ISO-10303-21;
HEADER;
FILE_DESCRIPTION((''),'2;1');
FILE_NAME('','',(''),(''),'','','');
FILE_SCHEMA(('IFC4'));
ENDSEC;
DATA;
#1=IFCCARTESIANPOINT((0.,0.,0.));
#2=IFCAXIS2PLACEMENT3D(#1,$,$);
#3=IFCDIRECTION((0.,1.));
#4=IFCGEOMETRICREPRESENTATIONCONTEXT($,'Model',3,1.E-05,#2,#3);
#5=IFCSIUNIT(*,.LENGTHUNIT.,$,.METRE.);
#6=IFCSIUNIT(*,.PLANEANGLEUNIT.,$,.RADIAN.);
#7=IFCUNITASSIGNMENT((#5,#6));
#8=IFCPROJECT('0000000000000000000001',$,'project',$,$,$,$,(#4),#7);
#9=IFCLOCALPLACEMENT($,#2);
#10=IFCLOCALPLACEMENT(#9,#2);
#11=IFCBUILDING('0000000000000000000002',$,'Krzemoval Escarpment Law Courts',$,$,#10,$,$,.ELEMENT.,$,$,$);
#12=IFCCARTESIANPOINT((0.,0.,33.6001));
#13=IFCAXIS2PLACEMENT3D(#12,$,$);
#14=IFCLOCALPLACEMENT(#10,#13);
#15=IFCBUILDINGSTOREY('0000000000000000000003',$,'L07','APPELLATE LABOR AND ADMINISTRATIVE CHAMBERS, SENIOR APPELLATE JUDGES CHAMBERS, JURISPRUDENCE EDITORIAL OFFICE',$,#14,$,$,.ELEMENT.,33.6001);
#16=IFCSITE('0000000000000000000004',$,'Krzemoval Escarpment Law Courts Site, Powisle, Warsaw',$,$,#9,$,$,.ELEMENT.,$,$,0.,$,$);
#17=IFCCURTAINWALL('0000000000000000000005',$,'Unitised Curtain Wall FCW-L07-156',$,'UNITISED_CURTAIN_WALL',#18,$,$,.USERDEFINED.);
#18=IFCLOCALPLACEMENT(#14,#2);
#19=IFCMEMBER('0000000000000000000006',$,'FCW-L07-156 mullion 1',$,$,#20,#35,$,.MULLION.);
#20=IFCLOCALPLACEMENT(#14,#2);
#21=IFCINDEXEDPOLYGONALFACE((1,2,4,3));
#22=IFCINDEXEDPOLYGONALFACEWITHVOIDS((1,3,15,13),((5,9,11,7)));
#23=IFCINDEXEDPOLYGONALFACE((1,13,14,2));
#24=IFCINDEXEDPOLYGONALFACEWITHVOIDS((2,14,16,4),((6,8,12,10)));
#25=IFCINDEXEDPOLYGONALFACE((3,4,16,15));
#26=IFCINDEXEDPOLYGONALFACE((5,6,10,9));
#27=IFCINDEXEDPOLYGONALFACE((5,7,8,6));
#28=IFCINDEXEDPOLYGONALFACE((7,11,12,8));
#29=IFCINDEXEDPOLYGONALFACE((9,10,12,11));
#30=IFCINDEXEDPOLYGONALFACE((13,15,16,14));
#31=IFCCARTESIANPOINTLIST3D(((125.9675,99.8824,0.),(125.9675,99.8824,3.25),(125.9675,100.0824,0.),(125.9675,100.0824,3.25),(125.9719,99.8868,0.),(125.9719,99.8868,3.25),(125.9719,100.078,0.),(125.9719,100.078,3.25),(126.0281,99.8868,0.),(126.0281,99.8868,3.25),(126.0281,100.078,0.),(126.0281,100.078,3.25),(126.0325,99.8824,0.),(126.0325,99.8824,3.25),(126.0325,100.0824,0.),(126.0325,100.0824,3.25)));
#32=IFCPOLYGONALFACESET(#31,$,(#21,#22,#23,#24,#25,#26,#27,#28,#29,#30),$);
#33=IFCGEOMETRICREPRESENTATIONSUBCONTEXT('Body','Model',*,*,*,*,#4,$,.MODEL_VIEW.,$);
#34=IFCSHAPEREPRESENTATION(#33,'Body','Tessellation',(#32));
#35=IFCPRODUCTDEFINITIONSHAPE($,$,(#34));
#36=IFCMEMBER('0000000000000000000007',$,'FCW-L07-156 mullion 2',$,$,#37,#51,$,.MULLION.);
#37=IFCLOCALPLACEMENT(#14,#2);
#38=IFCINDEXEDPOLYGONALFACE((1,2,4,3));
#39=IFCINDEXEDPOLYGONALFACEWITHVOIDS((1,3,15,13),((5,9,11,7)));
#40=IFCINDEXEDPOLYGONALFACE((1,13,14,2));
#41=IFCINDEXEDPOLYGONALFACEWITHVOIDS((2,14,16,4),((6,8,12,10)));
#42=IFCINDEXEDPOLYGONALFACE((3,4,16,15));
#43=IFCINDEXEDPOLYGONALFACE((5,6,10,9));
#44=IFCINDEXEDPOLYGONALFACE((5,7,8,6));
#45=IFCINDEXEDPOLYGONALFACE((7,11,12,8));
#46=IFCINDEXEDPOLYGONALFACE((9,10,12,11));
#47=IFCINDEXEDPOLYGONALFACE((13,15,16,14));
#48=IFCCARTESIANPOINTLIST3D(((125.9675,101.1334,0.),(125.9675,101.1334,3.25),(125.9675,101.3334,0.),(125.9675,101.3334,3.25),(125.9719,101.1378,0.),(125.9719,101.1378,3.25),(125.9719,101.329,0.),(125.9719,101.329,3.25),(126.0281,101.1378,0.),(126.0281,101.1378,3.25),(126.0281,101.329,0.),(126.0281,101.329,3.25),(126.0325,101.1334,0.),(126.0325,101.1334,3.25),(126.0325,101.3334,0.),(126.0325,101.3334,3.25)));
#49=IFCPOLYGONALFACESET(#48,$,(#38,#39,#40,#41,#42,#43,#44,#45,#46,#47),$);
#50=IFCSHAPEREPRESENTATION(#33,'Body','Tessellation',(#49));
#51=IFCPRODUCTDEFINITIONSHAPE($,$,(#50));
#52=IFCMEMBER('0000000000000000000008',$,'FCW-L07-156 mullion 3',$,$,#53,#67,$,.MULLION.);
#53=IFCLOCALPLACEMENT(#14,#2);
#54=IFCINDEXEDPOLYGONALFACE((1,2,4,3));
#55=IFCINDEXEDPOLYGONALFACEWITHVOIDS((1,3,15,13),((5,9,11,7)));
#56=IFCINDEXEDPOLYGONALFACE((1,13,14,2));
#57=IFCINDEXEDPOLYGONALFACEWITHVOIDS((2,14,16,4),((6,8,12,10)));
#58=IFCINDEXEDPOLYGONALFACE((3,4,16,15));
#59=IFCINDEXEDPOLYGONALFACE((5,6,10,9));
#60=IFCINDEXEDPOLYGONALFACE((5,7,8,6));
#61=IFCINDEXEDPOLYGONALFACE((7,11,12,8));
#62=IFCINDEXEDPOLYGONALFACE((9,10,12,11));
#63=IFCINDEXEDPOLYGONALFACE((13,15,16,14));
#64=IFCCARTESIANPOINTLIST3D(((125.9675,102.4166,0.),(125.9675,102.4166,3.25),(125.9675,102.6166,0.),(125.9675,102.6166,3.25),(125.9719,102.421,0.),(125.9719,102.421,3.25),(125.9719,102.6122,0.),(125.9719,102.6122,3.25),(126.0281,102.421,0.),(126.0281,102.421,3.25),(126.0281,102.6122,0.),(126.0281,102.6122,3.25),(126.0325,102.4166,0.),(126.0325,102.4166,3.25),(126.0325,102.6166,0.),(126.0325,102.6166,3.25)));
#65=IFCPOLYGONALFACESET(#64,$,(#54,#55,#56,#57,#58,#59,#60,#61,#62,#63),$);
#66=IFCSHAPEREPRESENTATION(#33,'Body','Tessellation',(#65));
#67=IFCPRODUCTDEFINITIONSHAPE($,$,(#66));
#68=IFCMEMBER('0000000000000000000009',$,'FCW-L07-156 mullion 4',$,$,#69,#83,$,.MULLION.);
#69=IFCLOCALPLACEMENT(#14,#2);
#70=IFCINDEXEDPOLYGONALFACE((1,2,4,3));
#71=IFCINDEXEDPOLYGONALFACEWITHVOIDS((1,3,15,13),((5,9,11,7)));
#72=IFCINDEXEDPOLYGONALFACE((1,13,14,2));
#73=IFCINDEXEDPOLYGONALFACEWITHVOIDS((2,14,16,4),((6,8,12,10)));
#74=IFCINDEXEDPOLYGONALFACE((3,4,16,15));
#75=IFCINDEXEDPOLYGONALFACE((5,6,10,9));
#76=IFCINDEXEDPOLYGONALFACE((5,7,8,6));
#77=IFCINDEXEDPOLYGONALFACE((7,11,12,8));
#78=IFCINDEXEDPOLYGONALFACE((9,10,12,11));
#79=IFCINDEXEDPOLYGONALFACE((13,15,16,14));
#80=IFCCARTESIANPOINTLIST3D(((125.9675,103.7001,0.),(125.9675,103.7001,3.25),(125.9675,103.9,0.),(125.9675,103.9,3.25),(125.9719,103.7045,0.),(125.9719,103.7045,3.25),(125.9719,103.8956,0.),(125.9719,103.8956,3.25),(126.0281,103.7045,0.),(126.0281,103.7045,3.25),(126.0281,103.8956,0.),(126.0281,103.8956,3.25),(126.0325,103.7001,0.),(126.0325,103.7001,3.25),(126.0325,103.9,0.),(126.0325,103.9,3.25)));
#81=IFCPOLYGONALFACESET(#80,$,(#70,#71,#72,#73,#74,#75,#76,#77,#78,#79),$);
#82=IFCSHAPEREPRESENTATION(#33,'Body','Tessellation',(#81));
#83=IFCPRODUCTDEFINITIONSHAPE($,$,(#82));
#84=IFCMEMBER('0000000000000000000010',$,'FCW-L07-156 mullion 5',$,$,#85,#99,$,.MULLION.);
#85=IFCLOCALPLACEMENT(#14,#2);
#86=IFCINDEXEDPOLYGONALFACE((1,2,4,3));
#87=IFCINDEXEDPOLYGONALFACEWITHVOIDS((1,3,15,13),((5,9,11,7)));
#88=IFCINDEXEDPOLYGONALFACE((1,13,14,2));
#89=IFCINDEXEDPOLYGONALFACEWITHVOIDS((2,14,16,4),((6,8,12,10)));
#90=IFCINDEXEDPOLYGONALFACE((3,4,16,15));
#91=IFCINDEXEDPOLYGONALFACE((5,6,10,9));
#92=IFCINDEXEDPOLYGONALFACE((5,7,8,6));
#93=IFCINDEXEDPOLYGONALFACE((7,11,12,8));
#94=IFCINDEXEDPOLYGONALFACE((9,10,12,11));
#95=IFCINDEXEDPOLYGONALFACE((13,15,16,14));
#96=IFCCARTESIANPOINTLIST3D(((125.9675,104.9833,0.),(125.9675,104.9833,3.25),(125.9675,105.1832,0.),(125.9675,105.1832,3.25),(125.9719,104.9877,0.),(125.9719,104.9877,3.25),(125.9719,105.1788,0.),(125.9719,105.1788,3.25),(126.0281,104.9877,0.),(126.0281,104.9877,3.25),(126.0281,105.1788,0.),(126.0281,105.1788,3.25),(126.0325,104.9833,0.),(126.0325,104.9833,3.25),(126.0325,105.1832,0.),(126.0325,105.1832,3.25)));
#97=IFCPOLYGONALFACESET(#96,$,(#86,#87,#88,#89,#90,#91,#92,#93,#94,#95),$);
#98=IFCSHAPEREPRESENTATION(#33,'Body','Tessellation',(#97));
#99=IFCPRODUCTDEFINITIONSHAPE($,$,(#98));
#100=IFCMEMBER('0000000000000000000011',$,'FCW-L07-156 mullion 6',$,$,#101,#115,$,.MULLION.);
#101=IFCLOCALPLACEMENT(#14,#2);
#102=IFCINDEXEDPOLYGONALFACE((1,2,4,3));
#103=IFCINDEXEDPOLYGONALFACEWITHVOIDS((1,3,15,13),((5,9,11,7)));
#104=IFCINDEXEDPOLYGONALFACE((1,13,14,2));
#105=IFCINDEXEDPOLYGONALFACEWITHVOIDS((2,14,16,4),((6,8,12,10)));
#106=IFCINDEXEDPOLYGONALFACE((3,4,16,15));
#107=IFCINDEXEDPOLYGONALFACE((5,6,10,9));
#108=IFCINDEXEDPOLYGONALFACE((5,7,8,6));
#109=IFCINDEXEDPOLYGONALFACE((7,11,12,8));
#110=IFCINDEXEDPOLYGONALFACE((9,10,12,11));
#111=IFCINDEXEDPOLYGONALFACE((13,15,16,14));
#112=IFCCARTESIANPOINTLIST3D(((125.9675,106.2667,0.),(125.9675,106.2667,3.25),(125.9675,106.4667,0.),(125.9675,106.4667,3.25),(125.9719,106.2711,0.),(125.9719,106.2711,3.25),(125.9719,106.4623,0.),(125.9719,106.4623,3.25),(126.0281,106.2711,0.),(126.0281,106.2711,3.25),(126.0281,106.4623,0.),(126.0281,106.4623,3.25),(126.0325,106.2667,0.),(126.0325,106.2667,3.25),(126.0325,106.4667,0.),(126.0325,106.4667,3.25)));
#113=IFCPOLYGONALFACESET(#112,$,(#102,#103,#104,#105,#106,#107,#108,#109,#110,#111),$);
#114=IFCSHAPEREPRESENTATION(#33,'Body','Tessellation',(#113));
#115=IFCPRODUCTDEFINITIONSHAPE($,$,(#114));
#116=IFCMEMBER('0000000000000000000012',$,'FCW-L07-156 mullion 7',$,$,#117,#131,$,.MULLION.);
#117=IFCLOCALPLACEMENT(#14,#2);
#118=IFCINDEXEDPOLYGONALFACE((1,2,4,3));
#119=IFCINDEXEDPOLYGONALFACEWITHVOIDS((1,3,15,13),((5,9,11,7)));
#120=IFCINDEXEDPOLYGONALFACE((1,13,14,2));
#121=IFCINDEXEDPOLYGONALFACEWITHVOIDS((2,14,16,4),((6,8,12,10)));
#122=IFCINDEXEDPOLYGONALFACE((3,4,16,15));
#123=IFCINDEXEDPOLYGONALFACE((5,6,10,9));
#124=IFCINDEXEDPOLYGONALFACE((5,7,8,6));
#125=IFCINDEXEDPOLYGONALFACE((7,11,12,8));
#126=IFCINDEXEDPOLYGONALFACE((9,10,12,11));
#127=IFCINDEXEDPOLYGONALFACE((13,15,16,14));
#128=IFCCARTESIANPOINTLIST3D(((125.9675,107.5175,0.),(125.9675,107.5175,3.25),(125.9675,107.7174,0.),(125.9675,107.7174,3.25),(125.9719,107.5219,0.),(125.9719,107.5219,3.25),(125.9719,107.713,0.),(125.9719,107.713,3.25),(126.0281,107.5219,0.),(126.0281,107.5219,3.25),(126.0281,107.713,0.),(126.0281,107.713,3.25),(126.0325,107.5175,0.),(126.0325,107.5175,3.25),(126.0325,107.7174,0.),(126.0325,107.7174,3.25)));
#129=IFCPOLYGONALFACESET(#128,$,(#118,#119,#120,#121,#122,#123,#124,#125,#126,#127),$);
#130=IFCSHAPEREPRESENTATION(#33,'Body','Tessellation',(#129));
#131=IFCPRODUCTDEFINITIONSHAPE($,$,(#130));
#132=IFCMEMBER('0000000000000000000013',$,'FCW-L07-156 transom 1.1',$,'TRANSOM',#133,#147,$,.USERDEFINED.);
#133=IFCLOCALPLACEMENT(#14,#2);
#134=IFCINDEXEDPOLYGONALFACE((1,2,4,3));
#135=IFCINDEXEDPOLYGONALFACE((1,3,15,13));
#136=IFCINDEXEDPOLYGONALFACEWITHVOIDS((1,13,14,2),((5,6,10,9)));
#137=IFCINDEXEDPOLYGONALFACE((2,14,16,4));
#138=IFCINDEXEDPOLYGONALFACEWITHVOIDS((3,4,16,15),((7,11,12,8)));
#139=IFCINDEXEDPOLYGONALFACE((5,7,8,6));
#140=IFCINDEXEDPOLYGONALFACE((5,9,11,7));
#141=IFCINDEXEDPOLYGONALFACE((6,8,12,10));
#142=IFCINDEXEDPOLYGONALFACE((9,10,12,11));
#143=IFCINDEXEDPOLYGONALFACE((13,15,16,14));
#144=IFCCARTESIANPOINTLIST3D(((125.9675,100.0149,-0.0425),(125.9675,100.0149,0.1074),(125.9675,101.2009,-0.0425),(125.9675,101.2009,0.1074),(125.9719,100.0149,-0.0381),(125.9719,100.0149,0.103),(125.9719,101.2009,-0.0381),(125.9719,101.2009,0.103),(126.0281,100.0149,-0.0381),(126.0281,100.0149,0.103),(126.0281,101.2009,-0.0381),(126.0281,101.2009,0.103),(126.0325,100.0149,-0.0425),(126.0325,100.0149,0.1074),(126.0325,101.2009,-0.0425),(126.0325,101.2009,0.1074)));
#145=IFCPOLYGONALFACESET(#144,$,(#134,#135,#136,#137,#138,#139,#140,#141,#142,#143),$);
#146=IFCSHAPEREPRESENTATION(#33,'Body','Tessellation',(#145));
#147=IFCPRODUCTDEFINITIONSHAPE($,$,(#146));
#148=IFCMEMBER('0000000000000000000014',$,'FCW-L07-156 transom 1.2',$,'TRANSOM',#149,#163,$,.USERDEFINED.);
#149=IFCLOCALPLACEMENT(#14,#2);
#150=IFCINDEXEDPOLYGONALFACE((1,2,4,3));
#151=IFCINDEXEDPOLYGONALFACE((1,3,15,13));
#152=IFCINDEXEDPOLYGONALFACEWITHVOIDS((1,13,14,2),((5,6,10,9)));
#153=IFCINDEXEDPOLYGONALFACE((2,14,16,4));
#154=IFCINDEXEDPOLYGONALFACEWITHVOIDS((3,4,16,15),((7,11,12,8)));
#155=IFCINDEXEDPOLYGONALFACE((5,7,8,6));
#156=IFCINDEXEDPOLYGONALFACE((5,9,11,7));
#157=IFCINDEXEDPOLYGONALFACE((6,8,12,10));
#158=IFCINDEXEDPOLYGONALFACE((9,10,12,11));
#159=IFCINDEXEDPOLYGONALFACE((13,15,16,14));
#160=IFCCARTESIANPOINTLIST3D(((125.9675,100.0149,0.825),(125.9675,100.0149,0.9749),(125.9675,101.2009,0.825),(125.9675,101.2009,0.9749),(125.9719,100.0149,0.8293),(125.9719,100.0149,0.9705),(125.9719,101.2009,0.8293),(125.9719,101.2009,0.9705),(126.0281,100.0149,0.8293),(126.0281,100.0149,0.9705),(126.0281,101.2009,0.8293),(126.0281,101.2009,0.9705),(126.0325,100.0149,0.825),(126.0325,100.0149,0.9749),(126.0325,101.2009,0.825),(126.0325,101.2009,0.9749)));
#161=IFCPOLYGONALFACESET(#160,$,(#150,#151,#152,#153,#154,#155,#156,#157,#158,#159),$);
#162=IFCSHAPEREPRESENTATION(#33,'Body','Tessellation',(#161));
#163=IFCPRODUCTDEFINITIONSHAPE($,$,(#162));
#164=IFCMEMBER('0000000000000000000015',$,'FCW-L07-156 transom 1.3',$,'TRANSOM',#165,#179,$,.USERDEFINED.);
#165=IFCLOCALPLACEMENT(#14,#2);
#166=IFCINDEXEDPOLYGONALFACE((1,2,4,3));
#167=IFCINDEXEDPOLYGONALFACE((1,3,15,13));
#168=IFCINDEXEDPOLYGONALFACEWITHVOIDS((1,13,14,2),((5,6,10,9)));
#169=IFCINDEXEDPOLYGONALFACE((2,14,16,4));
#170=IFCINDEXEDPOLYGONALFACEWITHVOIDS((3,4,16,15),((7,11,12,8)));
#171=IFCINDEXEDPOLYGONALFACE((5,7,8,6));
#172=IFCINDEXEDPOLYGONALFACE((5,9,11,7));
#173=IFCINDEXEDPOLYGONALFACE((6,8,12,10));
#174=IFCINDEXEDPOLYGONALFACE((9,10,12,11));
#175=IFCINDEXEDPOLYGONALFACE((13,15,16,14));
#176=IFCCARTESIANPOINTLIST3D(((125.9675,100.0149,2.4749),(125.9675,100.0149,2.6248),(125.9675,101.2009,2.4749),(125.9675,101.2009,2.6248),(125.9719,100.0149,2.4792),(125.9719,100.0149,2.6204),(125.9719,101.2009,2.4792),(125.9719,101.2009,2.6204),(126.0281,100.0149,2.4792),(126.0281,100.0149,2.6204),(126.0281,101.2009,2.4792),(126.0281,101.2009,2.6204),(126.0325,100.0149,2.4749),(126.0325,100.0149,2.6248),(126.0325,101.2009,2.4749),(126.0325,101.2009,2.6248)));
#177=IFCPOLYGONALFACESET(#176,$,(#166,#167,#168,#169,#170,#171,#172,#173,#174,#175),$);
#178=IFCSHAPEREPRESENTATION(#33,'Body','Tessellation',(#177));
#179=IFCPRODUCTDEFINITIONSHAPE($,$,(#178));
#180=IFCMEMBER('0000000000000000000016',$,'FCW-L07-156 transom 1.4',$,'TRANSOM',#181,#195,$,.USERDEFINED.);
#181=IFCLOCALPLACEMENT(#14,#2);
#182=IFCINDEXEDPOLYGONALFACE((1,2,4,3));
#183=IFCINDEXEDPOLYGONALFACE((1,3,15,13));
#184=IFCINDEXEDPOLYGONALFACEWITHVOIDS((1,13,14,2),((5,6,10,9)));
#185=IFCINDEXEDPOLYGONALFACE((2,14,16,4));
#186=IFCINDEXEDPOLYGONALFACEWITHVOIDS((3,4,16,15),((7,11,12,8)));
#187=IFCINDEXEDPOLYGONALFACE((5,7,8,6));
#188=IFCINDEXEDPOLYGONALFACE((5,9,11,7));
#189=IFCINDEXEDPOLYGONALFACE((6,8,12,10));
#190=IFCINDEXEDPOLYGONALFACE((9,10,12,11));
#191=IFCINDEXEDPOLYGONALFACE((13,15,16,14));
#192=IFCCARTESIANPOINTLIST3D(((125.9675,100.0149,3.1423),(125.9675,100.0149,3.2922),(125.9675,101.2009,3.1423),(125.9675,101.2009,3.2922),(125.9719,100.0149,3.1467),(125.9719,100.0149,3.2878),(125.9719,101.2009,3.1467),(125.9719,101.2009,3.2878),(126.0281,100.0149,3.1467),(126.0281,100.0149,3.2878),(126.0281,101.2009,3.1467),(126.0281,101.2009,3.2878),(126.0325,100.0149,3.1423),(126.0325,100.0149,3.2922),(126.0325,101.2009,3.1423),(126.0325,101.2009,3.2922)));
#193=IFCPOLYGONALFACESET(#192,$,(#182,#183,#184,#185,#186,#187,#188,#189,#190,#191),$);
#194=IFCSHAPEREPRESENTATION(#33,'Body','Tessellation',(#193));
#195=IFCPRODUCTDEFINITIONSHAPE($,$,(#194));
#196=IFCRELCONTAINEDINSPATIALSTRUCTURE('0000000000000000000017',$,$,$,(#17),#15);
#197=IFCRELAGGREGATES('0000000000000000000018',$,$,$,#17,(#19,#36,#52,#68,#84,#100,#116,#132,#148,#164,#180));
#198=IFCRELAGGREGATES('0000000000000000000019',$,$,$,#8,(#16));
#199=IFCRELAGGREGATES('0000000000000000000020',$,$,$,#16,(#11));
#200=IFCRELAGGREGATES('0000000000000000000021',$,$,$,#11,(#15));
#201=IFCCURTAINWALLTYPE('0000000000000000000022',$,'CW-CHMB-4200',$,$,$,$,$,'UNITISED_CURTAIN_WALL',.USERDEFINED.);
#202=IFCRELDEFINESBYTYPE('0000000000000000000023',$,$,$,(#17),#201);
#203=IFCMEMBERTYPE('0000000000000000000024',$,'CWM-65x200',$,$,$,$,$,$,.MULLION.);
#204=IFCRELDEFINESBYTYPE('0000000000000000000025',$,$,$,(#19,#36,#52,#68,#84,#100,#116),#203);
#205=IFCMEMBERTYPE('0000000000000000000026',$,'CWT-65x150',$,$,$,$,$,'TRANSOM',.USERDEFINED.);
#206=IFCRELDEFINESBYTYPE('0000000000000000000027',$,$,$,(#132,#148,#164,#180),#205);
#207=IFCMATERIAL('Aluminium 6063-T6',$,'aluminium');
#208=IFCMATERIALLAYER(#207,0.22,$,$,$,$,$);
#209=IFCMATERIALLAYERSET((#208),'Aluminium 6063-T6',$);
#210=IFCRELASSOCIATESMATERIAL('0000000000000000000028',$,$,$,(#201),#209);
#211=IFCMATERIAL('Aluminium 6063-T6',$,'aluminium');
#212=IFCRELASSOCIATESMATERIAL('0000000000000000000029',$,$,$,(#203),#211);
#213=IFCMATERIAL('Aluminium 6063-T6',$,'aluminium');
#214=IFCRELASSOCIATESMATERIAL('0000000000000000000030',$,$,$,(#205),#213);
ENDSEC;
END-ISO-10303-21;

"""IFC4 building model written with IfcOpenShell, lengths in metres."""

from ifc_helpers import new_model, si_unit, direction, frame, origin, origin_2d, place, context, subcontext, project, spatial, hollow_rectangle, extrude, material, layer, layer_set, material_profile, profile_set, type_object, element, aggregate, save


model = new_model("IFC4")

# Units and contexts
model_context = context("Model", 3, precision=1e-05, world=origin(), true_north=direction((0.0, 1.0)))
body_context = subcontext(model_context, "Body", "Model", "MODEL_VIEW")
ifc_project = project(units=[si_unit("LENGTHUNIT", "METRE"), si_unit("PLANEANGLEUNIT", "RADIAN")], contexts=[model_context])

# Site, building, storey
site_placement = place(None, origin())
site = spatial("IfcSite", under=ifc_project, at=site_placement, Name="Krzemoval Escarpment Law Courts Site, Powisle, Warsaw", CompositionType="ELEMENT", RefElevation=0.0)
building_placement = place(site_placement, origin())
building = spatial("IfcBuilding", under=site, at=building_placement, Name="Krzemoval Escarpment Law Courts", CompositionType="ELEMENT")
storey_placement = place(building_placement, frame((0.0, 0.0, 33.6001)))
storey = spatial("IfcBuildingStorey", under=building, at=storey_placement, Name="L07", Description="APPELLATE LABOR AND ADMINISTRATIVE CHAMBERS, SENIOR APPELLATE JUDGES CHAMBERS, JURISPRUDENCE EDITORIAL OFFICE", CompositionType="ELEMENT", Elevation=33.6001)

# Curtain wall, members
ifc_material_1 = material(Name="Aluminium 6063-T6", Category="aluminium")
ifc_layer_1 = layer(ifc_material_1, 0.22)
ifc_layer_set_1 = layer_set([ifc_layer_1], Name="Aluminium 6063-T6")
curtain_wall_type = type_object("IfcCurtainWallType", Name="CW-CHMB-4200", ElementType="UNITISED_CURTAIN_WALL", PredefinedType="USERDEFINED", material=ifc_layer_set_1)
curtain_wall_1_placement = place(storey_placement, origin())
curtain_wall_1 = element("IfcCurtainWall", 1, at=curtain_wall_1_placement, inside=storey, type_object=curtain_wall_type, Name="Unitised Curtain Wall FCW-L07-156", ObjectType="UNITISED_CURTAIN_WALL", PredefinedType="USERDEFINED")
ifc_material_2 = material(Name="Aluminium 6063-T6", Category="aluminium")
ifc_material_profile_1 = material_profile(ifc_material_2, hollow_rectangle(XDim=0.0649, YDim=0.2, WallThickness=0.0044, at=origin_2d()), Name="ALU M65x200")
ifc_profile_set_1 = profile_set([ifc_material_profile_1], Name="Aluminium 6063-T6")
member_type_1 = type_object("IfcMemberType", Name="CWM-65x200", PredefinedType="MULLION", material=ifc_profile_set_1)
member_1_placement = place(storey_placement, frame((126.0, 99.9824, 0.0), z_axis=(0.0, 0.0, 1.0), x_axis=(-1.0, 0.0, 0.0)))
member_1 = element("IfcMember", 2, at=member_1_placement, type_object=member_type_1, Name="FCW-L07-156 mullion 1", PredefinedType="MULLION", context=body_context, shape_type="SweptSolid", body=[
    extrude(hollow_rectangle(XDim=0.0649, YDim=0.2, WallThickness=0.0044, at=origin_2d()), origin(), (0.0, 0.0, 1.0), 3.25),
])
member_2_placement = place(storey_placement, frame((126.0, 101.2334, 0.0), z_axis=(0.0, 0.0, 1.0), x_axis=(-1.0, 0.0, 0.0)))
member_2 = element("IfcMember", 3, at=member_2_placement, type_object=member_type_1, Name="FCW-L07-156 mullion 2", PredefinedType="MULLION", context=body_context, shape_type="SweptSolid", body=[
    extrude(hollow_rectangle(XDim=0.0649, YDim=0.2, WallThickness=0.0044, at=origin_2d()), origin(), (0.0, 0.0, 1.0), 3.25),
])
member_3_placement = place(storey_placement, frame((126.0, 102.5166, 0.0), z_axis=(0.0, 0.0, 1.0), x_axis=(-1.0, 0.0, 0.0)))
member_3 = element("IfcMember", 4, at=member_3_placement, type_object=member_type_1, Name="FCW-L07-156 mullion 3", PredefinedType="MULLION", context=body_context, shape_type="SweptSolid", body=[
    extrude(hollow_rectangle(XDim=0.0649, YDim=0.2, WallThickness=0.0044, at=origin_2d()), origin(), (0.0, 0.0, 1.0), 3.25),
])
member_4_placement = place(storey_placement, frame((126.0, 103.8, 0.0), z_axis=(0.0, 0.0, 1.0), x_axis=(-1.0, 0.0, 0.0)))
member_4 = element("IfcMember", 5, at=member_4_placement, type_object=member_type_1, Name="FCW-L07-156 mullion 4", PredefinedType="MULLION", context=body_context, shape_type="SweptSolid", body=[
    extrude(hollow_rectangle(XDim=0.0649, YDim=0.2, WallThickness=0.0044, at=origin_2d()), origin(), (0.0, 0.0, 1.0), 3.25),
])
member_5_placement = place(storey_placement, frame((126.0, 105.0833, 0.0), z_axis=(0.0, 0.0, 1.0), x_axis=(-1.0, 0.0, 0.0)))
member_5 = element("IfcMember", 6, at=member_5_placement, type_object=member_type_1, Name="FCW-L07-156 mullion 5", PredefinedType="MULLION", context=body_context, shape_type="SweptSolid", body=[
    extrude(hollow_rectangle(XDim=0.0649, YDim=0.2, WallThickness=0.0044, at=origin_2d()), origin(), (0.0, 0.0, 1.0), 3.25),
])
member_6_placement = place(storey_placement, frame((126.0, 106.3667, 0.0), z_axis=(0.0, 0.0, 1.0), x_axis=(-1.0, 0.0, 0.0)))
member_6 = element("IfcMember", 7, at=member_6_placement, type_object=member_type_1, Name="FCW-L07-156 mullion 6", PredefinedType="MULLION", context=body_context, shape_type="SweptSolid", body=[
    extrude(hollow_rectangle(XDim=0.0649, YDim=0.2, WallThickness=0.0044, at=origin_2d()), origin(), (0.0, 0.0, 1.0), 3.25),
])
member_7_placement = place(storey_placement, frame((126.0, 107.6174, 0.0), z_axis=(0.0, 0.0, 1.0), x_axis=(-1.0, 0.0, 0.0)))
member_7 = element("IfcMember", 8, at=member_7_placement, type_object=member_type_1, Name="FCW-L07-156 mullion 7", PredefinedType="MULLION", context=body_context, shape_type="SweptSolid", body=[
    extrude(hollow_rectangle(XDim=0.0649, YDim=0.2, WallThickness=0.0044, at=origin_2d()), origin(), (0.0, 0.0, 1.0), 3.25),
])
ifc_material_3 = material(Name="Aluminium 6063-T6", Category="aluminium")
ifc_material_profile_2 = material_profile(ifc_material_3, hollow_rectangle(XDim=0.0649, YDim=0.1499, WallThickness=0.0044, at=origin_2d()), Name="ALU T65x150")
ifc_profile_set_2 = profile_set([ifc_material_profile_2], Name="Aluminium 6063-T6")
member_type_2 = type_object("IfcMemberType", Name="CWT-65x150", ElementType="TRANSOM", PredefinedType="USERDEFINED", material=ifc_profile_set_2)
member_8_placement = place(storey_placement, frame((126.0, 100.0149, 0.0325), z_axis=(0.0, 1.0, 0.0), x_axis=(-1.0, 0.0, 0.0)))
member_8 = element("IfcMember", 9, at=member_8_placement, type_object=member_type_2, Name="FCW-L07-156 transom 1.1", ObjectType="TRANSOM", PredefinedType="USERDEFINED", context=body_context, shape_type="SweptSolid", body=[
    extrude(hollow_rectangle(XDim=0.0649, YDim=0.1499, WallThickness=0.0044, at=origin_2d()), origin(), (0.0, 0.0, 1.0), 1.186),
])
member_9_placement = place(storey_placement, frame((126.0, 100.0149, 0.8999), z_axis=(0.0, 1.0, 0.0), x_axis=(-1.0, 0.0, 0.0)))
member_9 = element("IfcMember", 10, at=member_9_placement, type_object=member_type_2, Name="FCW-L07-156 transom 1.2", ObjectType="TRANSOM", PredefinedType="USERDEFINED", context=body_context, shape_type="SweptSolid", body=[
    extrude(hollow_rectangle(XDim=0.0649, YDim=0.1499, WallThickness=0.0044, at=origin_2d()), origin(), (0.0, 0.0, 1.0), 1.186),
])
member_10_placement = place(storey_placement, frame((126.0, 100.0149, 2.5498), z_axis=(0.0, 1.0, 0.0), x_axis=(-1.0, 0.0, 0.0)))
member_10 = element("IfcMember", 11, at=member_10_placement, type_object=member_type_2, Name="FCW-L07-156 transom 1.3", ObjectType="TRANSOM", PredefinedType="USERDEFINED", context=body_context, shape_type="SweptSolid", body=[
    extrude(hollow_rectangle(XDim=0.0649, YDim=0.1499, WallThickness=0.0044, at=origin_2d()), origin(), (0.0, 0.0, 1.0), 1.186),
])
member_11_placement = place(storey_placement, frame((126.0, 100.0149, 3.2173), z_axis=(0.0, 1.0, 0.0), x_axis=(-1.0, 0.0, 0.0)))
member_11 = element("IfcMember", 12, at=member_11_placement, type_object=member_type_2, Name="FCW-L07-156 transom 1.4", ObjectType="TRANSOM", PredefinedType="USERDEFINED", context=body_context, shape_type="SweptSolid", body=[
    extrude(hollow_rectangle(XDim=0.0649, YDim=0.1499, WallThickness=0.0044, at=origin_2d()), origin(), (0.0, 0.0, 1.0), 1.186),
])

aggregate(curtain_wall_1, [member_1, member_2, member_3, member_4, member_5, member_6, member_7, member_8, member_9, member_10, member_11])

save(model, "model.ifc")
